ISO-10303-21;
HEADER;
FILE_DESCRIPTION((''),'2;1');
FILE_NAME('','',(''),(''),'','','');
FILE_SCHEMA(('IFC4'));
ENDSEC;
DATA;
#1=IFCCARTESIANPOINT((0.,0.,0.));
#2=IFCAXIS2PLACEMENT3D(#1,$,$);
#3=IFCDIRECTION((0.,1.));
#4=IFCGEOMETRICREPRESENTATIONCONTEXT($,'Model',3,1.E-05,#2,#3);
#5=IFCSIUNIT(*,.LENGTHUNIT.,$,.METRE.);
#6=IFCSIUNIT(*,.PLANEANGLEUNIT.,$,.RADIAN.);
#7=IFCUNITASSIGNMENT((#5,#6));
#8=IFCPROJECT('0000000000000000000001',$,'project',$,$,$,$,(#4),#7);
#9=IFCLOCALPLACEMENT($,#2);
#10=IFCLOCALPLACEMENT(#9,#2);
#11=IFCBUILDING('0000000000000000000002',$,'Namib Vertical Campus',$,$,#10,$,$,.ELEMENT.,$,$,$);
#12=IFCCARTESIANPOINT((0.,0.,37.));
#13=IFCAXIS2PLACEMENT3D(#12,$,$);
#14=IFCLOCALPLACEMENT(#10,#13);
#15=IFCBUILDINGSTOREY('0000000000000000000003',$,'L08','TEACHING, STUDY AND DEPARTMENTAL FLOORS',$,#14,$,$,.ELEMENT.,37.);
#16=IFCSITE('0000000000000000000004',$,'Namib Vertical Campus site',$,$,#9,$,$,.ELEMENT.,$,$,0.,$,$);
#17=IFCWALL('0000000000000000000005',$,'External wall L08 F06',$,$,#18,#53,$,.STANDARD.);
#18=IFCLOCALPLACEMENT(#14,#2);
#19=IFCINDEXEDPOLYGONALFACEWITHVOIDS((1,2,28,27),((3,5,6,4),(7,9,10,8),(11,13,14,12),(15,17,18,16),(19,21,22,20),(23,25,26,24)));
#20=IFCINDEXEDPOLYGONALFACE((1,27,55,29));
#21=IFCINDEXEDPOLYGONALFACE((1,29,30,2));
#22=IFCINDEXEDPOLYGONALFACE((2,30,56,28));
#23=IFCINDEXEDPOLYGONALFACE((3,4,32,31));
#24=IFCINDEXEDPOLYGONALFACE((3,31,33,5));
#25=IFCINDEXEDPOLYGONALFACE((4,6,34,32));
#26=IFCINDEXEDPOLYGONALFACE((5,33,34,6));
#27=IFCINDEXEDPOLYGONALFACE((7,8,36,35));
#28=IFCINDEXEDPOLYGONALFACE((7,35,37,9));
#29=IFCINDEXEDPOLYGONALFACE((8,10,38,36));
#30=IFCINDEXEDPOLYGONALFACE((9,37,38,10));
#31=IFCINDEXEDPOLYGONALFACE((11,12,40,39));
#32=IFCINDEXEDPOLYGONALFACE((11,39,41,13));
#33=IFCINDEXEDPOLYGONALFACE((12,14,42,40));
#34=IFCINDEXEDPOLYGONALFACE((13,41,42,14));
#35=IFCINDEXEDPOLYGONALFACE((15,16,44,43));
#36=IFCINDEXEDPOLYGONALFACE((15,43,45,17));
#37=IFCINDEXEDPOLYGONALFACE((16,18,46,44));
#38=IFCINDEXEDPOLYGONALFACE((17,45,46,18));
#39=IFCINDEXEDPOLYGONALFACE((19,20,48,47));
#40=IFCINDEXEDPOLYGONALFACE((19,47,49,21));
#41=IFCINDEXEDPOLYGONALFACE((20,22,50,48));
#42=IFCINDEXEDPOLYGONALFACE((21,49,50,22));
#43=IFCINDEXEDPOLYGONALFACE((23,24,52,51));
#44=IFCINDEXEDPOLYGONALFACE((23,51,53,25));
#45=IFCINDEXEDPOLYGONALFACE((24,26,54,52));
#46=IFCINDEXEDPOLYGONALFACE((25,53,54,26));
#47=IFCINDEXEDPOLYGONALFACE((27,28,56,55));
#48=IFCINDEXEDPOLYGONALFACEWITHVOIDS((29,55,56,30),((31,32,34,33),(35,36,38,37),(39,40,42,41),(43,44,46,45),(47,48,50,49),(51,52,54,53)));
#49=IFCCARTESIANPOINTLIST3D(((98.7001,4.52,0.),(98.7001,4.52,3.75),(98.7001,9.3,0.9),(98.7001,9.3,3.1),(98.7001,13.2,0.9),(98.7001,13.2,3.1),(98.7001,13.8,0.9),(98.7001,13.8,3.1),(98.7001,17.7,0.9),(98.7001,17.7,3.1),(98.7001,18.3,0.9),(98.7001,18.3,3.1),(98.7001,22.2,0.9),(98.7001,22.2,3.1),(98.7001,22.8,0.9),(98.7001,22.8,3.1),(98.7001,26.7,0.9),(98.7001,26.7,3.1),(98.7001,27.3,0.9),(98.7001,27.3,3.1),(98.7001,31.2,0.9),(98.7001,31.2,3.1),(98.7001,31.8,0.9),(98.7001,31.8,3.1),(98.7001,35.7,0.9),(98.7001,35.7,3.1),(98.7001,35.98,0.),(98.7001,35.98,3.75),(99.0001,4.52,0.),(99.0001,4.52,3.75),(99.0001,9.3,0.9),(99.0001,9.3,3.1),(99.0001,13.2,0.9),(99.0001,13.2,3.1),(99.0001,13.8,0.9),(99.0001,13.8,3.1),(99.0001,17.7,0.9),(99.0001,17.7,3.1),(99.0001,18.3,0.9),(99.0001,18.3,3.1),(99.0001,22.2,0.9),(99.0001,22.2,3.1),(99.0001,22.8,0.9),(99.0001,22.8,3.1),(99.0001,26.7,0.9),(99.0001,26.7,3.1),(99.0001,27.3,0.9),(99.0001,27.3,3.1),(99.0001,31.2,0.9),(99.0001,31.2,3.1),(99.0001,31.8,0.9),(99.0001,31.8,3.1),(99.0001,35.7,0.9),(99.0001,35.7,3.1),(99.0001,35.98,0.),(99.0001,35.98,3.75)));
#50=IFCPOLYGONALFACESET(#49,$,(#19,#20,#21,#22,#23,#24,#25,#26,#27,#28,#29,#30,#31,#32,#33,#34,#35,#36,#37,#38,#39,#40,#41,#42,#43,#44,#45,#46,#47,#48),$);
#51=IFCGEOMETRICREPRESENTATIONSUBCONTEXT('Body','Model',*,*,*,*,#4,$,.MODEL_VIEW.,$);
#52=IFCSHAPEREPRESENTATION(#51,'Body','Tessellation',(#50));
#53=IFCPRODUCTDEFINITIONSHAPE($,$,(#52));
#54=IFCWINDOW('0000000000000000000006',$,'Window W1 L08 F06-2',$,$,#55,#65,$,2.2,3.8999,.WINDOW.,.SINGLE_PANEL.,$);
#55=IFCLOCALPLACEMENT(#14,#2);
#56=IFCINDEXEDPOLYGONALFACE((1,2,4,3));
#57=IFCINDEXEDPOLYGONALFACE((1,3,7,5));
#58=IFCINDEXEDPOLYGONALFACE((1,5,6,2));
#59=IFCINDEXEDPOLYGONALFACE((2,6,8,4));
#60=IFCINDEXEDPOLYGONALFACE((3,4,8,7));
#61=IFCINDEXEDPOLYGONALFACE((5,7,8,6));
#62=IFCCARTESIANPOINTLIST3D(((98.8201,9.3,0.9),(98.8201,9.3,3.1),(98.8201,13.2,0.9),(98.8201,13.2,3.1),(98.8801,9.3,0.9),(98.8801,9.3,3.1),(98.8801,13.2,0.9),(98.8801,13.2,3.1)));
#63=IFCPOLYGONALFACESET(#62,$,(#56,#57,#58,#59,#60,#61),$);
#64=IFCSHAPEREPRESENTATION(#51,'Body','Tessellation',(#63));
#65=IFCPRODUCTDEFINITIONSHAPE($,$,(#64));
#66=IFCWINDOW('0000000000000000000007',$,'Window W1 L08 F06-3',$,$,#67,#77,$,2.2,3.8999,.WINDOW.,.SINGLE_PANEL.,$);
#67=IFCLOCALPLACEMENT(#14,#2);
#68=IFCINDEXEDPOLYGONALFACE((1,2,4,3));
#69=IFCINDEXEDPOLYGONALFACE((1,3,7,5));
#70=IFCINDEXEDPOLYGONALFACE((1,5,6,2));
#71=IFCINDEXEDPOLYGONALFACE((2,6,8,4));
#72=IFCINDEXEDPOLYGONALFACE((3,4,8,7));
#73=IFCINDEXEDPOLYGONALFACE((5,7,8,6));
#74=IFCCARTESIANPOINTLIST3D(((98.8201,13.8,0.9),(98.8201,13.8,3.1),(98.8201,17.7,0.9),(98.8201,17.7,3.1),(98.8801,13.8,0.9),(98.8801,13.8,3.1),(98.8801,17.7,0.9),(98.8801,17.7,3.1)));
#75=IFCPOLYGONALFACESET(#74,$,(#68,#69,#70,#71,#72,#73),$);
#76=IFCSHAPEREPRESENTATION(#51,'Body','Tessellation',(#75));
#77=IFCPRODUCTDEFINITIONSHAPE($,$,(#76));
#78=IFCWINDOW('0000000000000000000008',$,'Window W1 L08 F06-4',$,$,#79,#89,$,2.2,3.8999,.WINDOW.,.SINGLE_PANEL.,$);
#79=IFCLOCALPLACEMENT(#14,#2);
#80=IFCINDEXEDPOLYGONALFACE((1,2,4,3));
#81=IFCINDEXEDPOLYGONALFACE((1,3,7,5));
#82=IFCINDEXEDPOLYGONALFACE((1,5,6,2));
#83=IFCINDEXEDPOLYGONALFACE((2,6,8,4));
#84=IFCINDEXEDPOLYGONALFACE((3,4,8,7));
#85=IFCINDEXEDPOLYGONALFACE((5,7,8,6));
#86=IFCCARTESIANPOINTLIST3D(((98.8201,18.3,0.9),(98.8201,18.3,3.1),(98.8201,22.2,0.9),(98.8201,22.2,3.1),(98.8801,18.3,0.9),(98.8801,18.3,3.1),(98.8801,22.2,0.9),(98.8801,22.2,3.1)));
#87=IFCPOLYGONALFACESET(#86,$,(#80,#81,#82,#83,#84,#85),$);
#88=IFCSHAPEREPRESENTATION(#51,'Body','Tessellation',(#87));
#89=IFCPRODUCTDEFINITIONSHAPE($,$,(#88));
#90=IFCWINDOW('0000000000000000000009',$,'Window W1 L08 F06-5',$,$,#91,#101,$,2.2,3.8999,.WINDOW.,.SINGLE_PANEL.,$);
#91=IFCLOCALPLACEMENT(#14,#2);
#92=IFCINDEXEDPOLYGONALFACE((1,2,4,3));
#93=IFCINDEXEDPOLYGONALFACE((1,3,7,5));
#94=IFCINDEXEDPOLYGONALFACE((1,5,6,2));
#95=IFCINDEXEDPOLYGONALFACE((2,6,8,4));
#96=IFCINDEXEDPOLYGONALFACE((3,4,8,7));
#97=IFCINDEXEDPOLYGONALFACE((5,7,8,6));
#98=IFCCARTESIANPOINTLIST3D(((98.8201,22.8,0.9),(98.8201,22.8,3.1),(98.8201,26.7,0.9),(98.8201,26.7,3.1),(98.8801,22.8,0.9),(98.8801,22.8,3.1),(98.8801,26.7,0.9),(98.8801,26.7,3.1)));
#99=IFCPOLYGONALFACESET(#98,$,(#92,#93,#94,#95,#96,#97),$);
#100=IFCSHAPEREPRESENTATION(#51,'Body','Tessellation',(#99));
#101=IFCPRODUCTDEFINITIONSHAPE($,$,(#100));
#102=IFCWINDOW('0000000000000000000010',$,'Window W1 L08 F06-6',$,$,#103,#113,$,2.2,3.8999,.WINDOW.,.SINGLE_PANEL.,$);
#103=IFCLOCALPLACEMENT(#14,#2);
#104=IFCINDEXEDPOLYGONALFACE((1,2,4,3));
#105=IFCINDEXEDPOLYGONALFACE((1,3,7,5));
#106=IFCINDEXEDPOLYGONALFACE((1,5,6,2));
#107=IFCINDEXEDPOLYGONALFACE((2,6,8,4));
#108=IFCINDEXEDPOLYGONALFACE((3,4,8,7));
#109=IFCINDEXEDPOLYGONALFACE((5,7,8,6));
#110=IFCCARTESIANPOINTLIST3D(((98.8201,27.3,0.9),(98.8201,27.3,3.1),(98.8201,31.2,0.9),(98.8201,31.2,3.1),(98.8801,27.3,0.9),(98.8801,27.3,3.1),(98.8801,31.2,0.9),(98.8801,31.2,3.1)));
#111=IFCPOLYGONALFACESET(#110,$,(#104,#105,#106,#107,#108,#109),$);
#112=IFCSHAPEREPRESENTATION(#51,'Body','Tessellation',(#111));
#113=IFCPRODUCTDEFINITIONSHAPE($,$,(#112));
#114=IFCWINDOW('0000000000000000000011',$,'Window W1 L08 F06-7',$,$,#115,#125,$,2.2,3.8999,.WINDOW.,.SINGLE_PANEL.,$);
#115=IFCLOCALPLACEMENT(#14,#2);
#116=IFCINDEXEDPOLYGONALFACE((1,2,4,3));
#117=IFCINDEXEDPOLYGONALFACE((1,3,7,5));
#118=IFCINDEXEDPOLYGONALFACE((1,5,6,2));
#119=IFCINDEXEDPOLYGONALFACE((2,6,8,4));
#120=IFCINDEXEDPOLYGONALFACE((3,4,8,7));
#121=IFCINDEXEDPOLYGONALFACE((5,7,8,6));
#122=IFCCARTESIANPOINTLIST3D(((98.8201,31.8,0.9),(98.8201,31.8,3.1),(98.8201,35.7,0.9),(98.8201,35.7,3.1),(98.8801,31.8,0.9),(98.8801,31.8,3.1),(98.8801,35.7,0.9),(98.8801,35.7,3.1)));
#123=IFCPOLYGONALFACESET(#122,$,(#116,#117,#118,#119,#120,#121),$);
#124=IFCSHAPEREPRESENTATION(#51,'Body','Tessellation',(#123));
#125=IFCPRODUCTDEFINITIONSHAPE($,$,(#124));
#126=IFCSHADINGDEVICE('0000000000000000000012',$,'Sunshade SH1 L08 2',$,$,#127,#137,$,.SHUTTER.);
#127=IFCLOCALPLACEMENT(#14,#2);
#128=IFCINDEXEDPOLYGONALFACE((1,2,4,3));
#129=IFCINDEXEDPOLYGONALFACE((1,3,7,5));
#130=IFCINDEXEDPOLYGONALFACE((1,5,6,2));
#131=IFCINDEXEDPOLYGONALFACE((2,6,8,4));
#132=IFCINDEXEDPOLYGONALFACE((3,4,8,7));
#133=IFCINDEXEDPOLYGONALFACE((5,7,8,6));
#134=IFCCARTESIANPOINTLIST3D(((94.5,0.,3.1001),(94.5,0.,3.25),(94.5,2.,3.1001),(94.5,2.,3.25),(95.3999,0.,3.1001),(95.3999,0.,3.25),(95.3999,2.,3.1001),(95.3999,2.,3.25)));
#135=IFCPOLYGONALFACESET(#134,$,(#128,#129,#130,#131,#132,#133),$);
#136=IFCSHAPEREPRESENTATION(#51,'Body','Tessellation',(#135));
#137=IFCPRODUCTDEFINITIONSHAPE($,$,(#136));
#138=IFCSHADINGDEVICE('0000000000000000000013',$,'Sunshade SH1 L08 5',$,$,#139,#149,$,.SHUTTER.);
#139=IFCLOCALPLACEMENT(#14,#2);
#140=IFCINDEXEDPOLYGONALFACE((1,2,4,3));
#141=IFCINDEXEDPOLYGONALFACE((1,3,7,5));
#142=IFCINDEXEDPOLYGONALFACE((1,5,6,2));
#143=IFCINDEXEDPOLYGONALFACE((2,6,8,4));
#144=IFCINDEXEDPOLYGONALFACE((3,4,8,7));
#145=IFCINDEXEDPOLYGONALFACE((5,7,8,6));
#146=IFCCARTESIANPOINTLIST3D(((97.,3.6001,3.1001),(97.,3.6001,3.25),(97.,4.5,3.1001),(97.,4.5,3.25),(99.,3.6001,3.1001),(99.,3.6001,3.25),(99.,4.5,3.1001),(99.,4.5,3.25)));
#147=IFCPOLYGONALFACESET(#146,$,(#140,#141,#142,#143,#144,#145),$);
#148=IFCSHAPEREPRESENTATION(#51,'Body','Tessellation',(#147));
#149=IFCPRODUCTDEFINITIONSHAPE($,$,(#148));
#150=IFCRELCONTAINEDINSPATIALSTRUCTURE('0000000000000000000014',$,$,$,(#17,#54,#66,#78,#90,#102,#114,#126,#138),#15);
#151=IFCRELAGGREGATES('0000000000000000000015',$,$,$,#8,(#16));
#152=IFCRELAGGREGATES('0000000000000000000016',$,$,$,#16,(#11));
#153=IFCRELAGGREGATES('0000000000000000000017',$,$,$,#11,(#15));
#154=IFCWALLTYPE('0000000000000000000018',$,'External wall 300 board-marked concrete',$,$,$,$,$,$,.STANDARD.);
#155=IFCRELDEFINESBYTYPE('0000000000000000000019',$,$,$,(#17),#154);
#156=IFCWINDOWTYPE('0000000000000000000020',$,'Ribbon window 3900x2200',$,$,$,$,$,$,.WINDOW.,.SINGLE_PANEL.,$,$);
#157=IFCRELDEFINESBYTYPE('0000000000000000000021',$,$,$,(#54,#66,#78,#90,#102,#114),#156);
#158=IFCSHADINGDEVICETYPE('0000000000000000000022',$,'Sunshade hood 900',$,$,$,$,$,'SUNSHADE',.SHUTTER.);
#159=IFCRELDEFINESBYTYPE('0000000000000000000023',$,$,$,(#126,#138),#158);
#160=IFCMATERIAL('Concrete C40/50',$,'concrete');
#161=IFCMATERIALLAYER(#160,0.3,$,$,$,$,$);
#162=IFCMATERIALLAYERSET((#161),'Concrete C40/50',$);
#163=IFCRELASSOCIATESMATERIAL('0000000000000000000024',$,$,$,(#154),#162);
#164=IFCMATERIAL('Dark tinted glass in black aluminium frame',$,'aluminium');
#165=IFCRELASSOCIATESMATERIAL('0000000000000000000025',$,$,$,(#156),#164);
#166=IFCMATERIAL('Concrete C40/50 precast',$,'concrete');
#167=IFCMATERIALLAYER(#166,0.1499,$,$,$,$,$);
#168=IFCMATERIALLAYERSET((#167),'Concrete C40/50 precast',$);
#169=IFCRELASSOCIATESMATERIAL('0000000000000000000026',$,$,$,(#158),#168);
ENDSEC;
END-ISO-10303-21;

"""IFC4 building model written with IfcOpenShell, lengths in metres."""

from ifc_helpers import new_model, si_unit, direction, frame, frame_2d, origin, origin_2d, place, context, subcontext, project, spatial, rectangle, extrude, material, layer, layer_set, type_object, element, fill, save


model = new_model("IFC4")

# Units and contexts
model_context = context("Model", 3, precision=1e-05, world=origin(), true_north=direction((0.0, 1.0)))
body_context = subcontext(model_context, "Body", "Model", "MODEL_VIEW")
ifc_project = project(units=[si_unit("LENGTHUNIT", "METRE"), si_unit("PLANEANGLEUNIT", "RADIAN")], contexts=[model_context])

# Site, building, storey
site_placement = place(None, origin())
site = spatial("IfcSite", under=ifc_project, at=site_placement, Name="Namib Vertical Campus site", CompositionType="ELEMENT", RefElevation=0.0)
building_placement = place(site_placement, origin())
building = spatial("IfcBuilding", under=site, at=building_placement, Name="Namib Vertical Campus", CompositionType="ELEMENT")
storey_placement = place(building_placement, frame((0.0, 0.0, 37.0)))
storey = spatial("IfcBuildingStorey", under=building, at=storey_placement, Name="L08", Description="TEACHING, STUDY AND DEPARTMENTAL FLOORS", CompositionType="ELEMENT", Elevation=37.0)

# Shared definitions
ifc_material_1 = material(Name="Concrete C40/50", Category="concrete")
ifc_layer_1 = layer(ifc_material_1, 0.3)
ifc_layer_set_1 = layer_set([ifc_layer_1], Name="Concrete C40/50")
wall_type = type_object("IfcWallType", Name="External wall 300 board-marked concrete", PredefinedType="STANDARD", material=ifc_layer_set_1)

# Wall, openings, windows
wall_1_placement = place(storey_placement, frame((98.8501, 4.52, 0.0), z_axis=(0.0, 0.0, 1.0), x_axis=(0.0, 1.0, 0.0)))
wall_1 = element("IfcWall", 1, at=wall_1_placement, inside=storey, type_object=wall_type, Name="External wall L08 F06", PredefinedType="STANDARD", context=body_context, shape_type="SweptSolid", body=[
    extrude(rectangle(XDim=31.46, YDim=0.3, at=frame_2d((15.73, 0.0))), origin(), (0.0, 0.0, 1.0), 3.75),
])
opening_1_placement = place(wall_1_placement, frame((4.78, 0.0, 0.8999)))
opening_1 = element("IfcOpeningElement", 2, at=opening_1_placement, cuts=wall_1, PredefinedType="OPENING", context=body_context, shape_type="SweptSolid", body=[
    extrude(rectangle(XDim=3.8999, YDim=2.2, at=frame_2d((1.95, 1.1001))), frame((0.0, 0.1599, 0.0), z_axis=(0.0, -1.0, 0.0), x_axis=(1.0, 0.0, 0.0)), (0.0, 0.0, 1.0), 0.3201),
])
opening_2_placement = place(wall_1_placement, frame((9.28, 0.0, 0.8999)))
opening_2 = element("IfcOpeningElement", 3, at=opening_2_placement, cuts=wall_1, PredefinedType="OPENING", context=body_context, shape_type="SweptSolid", body=[
    extrude(rectangle(XDim=3.8999, YDim=2.2, at=frame_2d((1.95, 1.1001))), frame((0.0, 0.1599, 0.0), z_axis=(0.0, -1.0, 0.0), x_axis=(1.0, 0.0, 0.0)), (0.0, 0.0, 1.0), 0.3201),
])
opening_3_placement = place(wall_1_placement, frame((13.78, 0.0, 0.8999)))
opening_3 = element("IfcOpeningElement", 4, at=opening_3_placement, cuts=wall_1, PredefinedType="OPENING", context=body_context, shape_type="SweptSolid", body=[
    extrude(rectangle(XDim=3.8999, YDim=2.2, at=frame_2d((1.95, 1.1001))), frame((0.0, 0.1599, 0.0), z_axis=(0.0, -1.0, 0.0), x_axis=(1.0, 0.0, 0.0)), (0.0, 0.0, 1.0), 0.3201),
])
opening_4_placement = place(wall_1_placement, frame((18.28, 0.0, 0.8999)))
opening_4 = element("IfcOpeningElement", 5, at=opening_4_placement, cuts=wall_1, PredefinedType="OPENING", context=body_context, shape_type="SweptSolid", body=[
    extrude(rectangle(XDim=3.8999, YDim=2.2, at=frame_2d((1.95, 1.1001))), frame((0.0, 0.1599, 0.0), z_axis=(0.0, -1.0, 0.0), x_axis=(1.0, 0.0, 0.0)), (0.0, 0.0, 1.0), 0.3201),
])
opening_5_placement = place(wall_1_placement, frame((22.78, 0.0, 0.8999)))
opening_5 = element("IfcOpeningElement", 6, at=opening_5_placement, cuts=wall_1, PredefinedType="OPENING", context=body_context, shape_type="SweptSolid", body=[
    extrude(rectangle(XDim=3.8999, YDim=2.2, at=frame_2d((1.95, 1.1001))), frame((0.0, 0.1599, 0.0), z_axis=(0.0, -1.0, 0.0), x_axis=(1.0, 0.0, 0.0)), (0.0, 0.0, 1.0), 0.3201),
])
opening_6_placement = place(wall_1_placement, frame((27.28, 0.0, 0.8999)))
opening_6 = element("IfcOpeningElement", 7, at=opening_6_placement, cuts=wall_1, PredefinedType="OPENING", context=body_context, shape_type="SweptSolid", body=[
    extrude(rectangle(XDim=3.8999, YDim=2.2, at=frame_2d((1.95, 1.1001))), frame((0.0, 0.1599, 0.0), z_axis=(0.0, -1.0, 0.0), x_axis=(1.0, 0.0, 0.0)), (0.0, 0.0, 1.0), 0.3201),
])
ifc_material_2 = material(Name="Dark tinted glass in black aluminium frame", Category="aluminium")
window_type = type_object("IfcWindowType", Name="Ribbon window 3900x2200", PartitioningType="SINGLE_PANEL", PredefinedType="WINDOW", material=ifc_material_2)
window_1_placement = place(opening_1_placement, origin())
window_1 = element("IfcWindow", 8, at=window_1_placement, inside=storey, type_object=window_type, Name="Window W1 L08 F06-2", OverallHeight=2.2, OverallWidth=3.8999, PartitioningType="SINGLE_PANEL", PredefinedType="WINDOW", context=body_context, shape_type="SweptSolid", body=[
    extrude(rectangle(XDim=3.8999, YDim=2.2, at=frame_2d((1.95, 1.1001))), frame((0.0, 0.03, 0.0), z_axis=(0.0, -1.0, 0.0), x_axis=(1.0, 0.0, 0.0)), (0.0, 0.0, 1.0), 0.0601),
])
fill(opening_1, window_1)
window_2_placement = place(opening_2_placement, origin())
window_2 = element("IfcWindow", 9, at=window_2_placement, inside=storey, type_object=window_type, Name="Window W1 L08 F06-3", OverallHeight=2.2, OverallWidth=3.8999, PartitioningType="SINGLE_PANEL", PredefinedType="WINDOW", context=body_context, shape_type="SweptSolid", body=[
    extrude(rectangle(XDim=3.8999, YDim=2.2, at=frame_2d((1.95, 1.1001))), frame((0.0, 0.03, 0.0), z_axis=(0.0, -1.0, 0.0), x_axis=(1.0, 0.0, 0.0)), (0.0, 0.0, 1.0), 0.0601),
])
fill(opening_2, window_2)
window_3_placement = place(opening_3_placement, origin())
window_3 = element("IfcWindow", 10, at=window_3_placement, inside=storey, type_object=window_type, Name="Window W1 L08 F06-4", OverallHeight=2.2, OverallWidth=3.8999, PartitioningType="SINGLE_PANEL", PredefinedType="WINDOW", context=body_context, shape_type="SweptSolid", body=[
    extrude(rectangle(XDim=3.8999, YDim=2.2, at=frame_2d((1.95, 1.1001))), frame((0.0, 0.03, 0.0), z_axis=(0.0, -1.0, 0.0), x_axis=(1.0, 0.0, 0.0)), (0.0, 0.0, 1.0), 0.0601),
])
fill(opening_3, window_3)
window_4_placement = place(opening_4_placement, origin())
window_4 = element("IfcWindow", 11, at=window_4_placement, inside=storey, type_object=window_type, Name="Window W1 L08 F06-5", OverallHeight=2.2, OverallWidth=3.8999, PartitioningType="SINGLE_PANEL", PredefinedType="WINDOW", context=body_context, shape_type="SweptSolid", body=[
    extrude(rectangle(XDim=3.8999, YDim=2.2, at=frame_2d((1.95, 1.1001))), frame((0.0, 0.03, 0.0), z_axis=(0.0, -1.0, 0.0), x_axis=(1.0, 0.0, 0.0)), (0.0, 0.0, 1.0), 0.0601),
])
fill(opening_4, window_4)
window_5_placement = place(opening_5_placement, origin())
window_5 = element("IfcWindow", 12, at=window_5_placement, inside=storey, type_object=window_type, Name="Window W1 L08 F06-6", OverallHeight=2.2, OverallWidth=3.8999, PartitioningType="SINGLE_PANEL", PredefinedType="WINDOW", context=body_context, shape_type="SweptSolid", body=[
    extrude(rectangle(XDim=3.8999, YDim=2.2, at=frame_2d((1.95, 1.1001))), frame((0.0, 0.03, 0.0), z_axis=(0.0, -1.0, 0.0), x_axis=(1.0, 0.0, 0.0)), (0.0, 0.0, 1.0), 0.0601),
])
fill(opening_5, window_5)
window_6_placement = place(opening_6_placement, origin())
window_6 = element("IfcWindow", 13, at=window_6_placement, inside=storey, type_object=window_type, Name="Window W1 L08 F06-7", OverallHeight=2.2, OverallWidth=3.8999, PartitioningType="SINGLE_PANEL", PredefinedType="WINDOW", context=body_context, shape_type="SweptSolid", body=[
    extrude(rectangle(XDim=3.8999, YDim=2.2, at=frame_2d((1.95, 1.1001))), frame((0.0, 0.03, 0.0), z_axis=(0.0, -1.0, 0.0), x_axis=(1.0, 0.0, 0.0)), (0.0, 0.0, 1.0), 0.0601),
])
fill(opening_6, window_6)

# Shading devices
ifc_material_3 = material(Name="Concrete C40/50 precast", Category="concrete")
ifc_layer_2 = layer(ifc_material_3, 0.1499)
ifc_layer_set_2 = layer_set([ifc_layer_2], Name="Concrete C40/50 precast")
shading_device_type = type_object("IfcShadingDeviceType", Name="Sunshade hood 900", ElementType="SUNSHADE", PredefinedType="SHUTTER", material=ifc_layer_set_2)
for number, where, z_axis, x_axis, name in (
    (14, (94.95, 1.0, 3.1001), (0.0, 0.0, 1.0), (0.0, 1.0, 0.0), "Sunshade SH1 L08 2"),
    (15, (98.0, 4.05, 3.1001), (0.0, 0.0, 1.0), (1.0, 0.0, 0.0), "Sunshade SH1 L08 5"),
):
    element("IfcShadingDevice", number, at=place(storey_placement, frame(where, z_axis=z_axis, x_axis=x_axis)), inside=storey, type_object=shading_device_type, Name=name, PredefinedType="SHUTTER", context=body_context, shape_type="SweptSolid", body=[
        extrude(rectangle(XDim=2.0, YDim=0.8999, at=origin_2d()), origin(), (0.0, 0.0, 1.0), 0.1499),
    ])

save(model, "model.ifc")
